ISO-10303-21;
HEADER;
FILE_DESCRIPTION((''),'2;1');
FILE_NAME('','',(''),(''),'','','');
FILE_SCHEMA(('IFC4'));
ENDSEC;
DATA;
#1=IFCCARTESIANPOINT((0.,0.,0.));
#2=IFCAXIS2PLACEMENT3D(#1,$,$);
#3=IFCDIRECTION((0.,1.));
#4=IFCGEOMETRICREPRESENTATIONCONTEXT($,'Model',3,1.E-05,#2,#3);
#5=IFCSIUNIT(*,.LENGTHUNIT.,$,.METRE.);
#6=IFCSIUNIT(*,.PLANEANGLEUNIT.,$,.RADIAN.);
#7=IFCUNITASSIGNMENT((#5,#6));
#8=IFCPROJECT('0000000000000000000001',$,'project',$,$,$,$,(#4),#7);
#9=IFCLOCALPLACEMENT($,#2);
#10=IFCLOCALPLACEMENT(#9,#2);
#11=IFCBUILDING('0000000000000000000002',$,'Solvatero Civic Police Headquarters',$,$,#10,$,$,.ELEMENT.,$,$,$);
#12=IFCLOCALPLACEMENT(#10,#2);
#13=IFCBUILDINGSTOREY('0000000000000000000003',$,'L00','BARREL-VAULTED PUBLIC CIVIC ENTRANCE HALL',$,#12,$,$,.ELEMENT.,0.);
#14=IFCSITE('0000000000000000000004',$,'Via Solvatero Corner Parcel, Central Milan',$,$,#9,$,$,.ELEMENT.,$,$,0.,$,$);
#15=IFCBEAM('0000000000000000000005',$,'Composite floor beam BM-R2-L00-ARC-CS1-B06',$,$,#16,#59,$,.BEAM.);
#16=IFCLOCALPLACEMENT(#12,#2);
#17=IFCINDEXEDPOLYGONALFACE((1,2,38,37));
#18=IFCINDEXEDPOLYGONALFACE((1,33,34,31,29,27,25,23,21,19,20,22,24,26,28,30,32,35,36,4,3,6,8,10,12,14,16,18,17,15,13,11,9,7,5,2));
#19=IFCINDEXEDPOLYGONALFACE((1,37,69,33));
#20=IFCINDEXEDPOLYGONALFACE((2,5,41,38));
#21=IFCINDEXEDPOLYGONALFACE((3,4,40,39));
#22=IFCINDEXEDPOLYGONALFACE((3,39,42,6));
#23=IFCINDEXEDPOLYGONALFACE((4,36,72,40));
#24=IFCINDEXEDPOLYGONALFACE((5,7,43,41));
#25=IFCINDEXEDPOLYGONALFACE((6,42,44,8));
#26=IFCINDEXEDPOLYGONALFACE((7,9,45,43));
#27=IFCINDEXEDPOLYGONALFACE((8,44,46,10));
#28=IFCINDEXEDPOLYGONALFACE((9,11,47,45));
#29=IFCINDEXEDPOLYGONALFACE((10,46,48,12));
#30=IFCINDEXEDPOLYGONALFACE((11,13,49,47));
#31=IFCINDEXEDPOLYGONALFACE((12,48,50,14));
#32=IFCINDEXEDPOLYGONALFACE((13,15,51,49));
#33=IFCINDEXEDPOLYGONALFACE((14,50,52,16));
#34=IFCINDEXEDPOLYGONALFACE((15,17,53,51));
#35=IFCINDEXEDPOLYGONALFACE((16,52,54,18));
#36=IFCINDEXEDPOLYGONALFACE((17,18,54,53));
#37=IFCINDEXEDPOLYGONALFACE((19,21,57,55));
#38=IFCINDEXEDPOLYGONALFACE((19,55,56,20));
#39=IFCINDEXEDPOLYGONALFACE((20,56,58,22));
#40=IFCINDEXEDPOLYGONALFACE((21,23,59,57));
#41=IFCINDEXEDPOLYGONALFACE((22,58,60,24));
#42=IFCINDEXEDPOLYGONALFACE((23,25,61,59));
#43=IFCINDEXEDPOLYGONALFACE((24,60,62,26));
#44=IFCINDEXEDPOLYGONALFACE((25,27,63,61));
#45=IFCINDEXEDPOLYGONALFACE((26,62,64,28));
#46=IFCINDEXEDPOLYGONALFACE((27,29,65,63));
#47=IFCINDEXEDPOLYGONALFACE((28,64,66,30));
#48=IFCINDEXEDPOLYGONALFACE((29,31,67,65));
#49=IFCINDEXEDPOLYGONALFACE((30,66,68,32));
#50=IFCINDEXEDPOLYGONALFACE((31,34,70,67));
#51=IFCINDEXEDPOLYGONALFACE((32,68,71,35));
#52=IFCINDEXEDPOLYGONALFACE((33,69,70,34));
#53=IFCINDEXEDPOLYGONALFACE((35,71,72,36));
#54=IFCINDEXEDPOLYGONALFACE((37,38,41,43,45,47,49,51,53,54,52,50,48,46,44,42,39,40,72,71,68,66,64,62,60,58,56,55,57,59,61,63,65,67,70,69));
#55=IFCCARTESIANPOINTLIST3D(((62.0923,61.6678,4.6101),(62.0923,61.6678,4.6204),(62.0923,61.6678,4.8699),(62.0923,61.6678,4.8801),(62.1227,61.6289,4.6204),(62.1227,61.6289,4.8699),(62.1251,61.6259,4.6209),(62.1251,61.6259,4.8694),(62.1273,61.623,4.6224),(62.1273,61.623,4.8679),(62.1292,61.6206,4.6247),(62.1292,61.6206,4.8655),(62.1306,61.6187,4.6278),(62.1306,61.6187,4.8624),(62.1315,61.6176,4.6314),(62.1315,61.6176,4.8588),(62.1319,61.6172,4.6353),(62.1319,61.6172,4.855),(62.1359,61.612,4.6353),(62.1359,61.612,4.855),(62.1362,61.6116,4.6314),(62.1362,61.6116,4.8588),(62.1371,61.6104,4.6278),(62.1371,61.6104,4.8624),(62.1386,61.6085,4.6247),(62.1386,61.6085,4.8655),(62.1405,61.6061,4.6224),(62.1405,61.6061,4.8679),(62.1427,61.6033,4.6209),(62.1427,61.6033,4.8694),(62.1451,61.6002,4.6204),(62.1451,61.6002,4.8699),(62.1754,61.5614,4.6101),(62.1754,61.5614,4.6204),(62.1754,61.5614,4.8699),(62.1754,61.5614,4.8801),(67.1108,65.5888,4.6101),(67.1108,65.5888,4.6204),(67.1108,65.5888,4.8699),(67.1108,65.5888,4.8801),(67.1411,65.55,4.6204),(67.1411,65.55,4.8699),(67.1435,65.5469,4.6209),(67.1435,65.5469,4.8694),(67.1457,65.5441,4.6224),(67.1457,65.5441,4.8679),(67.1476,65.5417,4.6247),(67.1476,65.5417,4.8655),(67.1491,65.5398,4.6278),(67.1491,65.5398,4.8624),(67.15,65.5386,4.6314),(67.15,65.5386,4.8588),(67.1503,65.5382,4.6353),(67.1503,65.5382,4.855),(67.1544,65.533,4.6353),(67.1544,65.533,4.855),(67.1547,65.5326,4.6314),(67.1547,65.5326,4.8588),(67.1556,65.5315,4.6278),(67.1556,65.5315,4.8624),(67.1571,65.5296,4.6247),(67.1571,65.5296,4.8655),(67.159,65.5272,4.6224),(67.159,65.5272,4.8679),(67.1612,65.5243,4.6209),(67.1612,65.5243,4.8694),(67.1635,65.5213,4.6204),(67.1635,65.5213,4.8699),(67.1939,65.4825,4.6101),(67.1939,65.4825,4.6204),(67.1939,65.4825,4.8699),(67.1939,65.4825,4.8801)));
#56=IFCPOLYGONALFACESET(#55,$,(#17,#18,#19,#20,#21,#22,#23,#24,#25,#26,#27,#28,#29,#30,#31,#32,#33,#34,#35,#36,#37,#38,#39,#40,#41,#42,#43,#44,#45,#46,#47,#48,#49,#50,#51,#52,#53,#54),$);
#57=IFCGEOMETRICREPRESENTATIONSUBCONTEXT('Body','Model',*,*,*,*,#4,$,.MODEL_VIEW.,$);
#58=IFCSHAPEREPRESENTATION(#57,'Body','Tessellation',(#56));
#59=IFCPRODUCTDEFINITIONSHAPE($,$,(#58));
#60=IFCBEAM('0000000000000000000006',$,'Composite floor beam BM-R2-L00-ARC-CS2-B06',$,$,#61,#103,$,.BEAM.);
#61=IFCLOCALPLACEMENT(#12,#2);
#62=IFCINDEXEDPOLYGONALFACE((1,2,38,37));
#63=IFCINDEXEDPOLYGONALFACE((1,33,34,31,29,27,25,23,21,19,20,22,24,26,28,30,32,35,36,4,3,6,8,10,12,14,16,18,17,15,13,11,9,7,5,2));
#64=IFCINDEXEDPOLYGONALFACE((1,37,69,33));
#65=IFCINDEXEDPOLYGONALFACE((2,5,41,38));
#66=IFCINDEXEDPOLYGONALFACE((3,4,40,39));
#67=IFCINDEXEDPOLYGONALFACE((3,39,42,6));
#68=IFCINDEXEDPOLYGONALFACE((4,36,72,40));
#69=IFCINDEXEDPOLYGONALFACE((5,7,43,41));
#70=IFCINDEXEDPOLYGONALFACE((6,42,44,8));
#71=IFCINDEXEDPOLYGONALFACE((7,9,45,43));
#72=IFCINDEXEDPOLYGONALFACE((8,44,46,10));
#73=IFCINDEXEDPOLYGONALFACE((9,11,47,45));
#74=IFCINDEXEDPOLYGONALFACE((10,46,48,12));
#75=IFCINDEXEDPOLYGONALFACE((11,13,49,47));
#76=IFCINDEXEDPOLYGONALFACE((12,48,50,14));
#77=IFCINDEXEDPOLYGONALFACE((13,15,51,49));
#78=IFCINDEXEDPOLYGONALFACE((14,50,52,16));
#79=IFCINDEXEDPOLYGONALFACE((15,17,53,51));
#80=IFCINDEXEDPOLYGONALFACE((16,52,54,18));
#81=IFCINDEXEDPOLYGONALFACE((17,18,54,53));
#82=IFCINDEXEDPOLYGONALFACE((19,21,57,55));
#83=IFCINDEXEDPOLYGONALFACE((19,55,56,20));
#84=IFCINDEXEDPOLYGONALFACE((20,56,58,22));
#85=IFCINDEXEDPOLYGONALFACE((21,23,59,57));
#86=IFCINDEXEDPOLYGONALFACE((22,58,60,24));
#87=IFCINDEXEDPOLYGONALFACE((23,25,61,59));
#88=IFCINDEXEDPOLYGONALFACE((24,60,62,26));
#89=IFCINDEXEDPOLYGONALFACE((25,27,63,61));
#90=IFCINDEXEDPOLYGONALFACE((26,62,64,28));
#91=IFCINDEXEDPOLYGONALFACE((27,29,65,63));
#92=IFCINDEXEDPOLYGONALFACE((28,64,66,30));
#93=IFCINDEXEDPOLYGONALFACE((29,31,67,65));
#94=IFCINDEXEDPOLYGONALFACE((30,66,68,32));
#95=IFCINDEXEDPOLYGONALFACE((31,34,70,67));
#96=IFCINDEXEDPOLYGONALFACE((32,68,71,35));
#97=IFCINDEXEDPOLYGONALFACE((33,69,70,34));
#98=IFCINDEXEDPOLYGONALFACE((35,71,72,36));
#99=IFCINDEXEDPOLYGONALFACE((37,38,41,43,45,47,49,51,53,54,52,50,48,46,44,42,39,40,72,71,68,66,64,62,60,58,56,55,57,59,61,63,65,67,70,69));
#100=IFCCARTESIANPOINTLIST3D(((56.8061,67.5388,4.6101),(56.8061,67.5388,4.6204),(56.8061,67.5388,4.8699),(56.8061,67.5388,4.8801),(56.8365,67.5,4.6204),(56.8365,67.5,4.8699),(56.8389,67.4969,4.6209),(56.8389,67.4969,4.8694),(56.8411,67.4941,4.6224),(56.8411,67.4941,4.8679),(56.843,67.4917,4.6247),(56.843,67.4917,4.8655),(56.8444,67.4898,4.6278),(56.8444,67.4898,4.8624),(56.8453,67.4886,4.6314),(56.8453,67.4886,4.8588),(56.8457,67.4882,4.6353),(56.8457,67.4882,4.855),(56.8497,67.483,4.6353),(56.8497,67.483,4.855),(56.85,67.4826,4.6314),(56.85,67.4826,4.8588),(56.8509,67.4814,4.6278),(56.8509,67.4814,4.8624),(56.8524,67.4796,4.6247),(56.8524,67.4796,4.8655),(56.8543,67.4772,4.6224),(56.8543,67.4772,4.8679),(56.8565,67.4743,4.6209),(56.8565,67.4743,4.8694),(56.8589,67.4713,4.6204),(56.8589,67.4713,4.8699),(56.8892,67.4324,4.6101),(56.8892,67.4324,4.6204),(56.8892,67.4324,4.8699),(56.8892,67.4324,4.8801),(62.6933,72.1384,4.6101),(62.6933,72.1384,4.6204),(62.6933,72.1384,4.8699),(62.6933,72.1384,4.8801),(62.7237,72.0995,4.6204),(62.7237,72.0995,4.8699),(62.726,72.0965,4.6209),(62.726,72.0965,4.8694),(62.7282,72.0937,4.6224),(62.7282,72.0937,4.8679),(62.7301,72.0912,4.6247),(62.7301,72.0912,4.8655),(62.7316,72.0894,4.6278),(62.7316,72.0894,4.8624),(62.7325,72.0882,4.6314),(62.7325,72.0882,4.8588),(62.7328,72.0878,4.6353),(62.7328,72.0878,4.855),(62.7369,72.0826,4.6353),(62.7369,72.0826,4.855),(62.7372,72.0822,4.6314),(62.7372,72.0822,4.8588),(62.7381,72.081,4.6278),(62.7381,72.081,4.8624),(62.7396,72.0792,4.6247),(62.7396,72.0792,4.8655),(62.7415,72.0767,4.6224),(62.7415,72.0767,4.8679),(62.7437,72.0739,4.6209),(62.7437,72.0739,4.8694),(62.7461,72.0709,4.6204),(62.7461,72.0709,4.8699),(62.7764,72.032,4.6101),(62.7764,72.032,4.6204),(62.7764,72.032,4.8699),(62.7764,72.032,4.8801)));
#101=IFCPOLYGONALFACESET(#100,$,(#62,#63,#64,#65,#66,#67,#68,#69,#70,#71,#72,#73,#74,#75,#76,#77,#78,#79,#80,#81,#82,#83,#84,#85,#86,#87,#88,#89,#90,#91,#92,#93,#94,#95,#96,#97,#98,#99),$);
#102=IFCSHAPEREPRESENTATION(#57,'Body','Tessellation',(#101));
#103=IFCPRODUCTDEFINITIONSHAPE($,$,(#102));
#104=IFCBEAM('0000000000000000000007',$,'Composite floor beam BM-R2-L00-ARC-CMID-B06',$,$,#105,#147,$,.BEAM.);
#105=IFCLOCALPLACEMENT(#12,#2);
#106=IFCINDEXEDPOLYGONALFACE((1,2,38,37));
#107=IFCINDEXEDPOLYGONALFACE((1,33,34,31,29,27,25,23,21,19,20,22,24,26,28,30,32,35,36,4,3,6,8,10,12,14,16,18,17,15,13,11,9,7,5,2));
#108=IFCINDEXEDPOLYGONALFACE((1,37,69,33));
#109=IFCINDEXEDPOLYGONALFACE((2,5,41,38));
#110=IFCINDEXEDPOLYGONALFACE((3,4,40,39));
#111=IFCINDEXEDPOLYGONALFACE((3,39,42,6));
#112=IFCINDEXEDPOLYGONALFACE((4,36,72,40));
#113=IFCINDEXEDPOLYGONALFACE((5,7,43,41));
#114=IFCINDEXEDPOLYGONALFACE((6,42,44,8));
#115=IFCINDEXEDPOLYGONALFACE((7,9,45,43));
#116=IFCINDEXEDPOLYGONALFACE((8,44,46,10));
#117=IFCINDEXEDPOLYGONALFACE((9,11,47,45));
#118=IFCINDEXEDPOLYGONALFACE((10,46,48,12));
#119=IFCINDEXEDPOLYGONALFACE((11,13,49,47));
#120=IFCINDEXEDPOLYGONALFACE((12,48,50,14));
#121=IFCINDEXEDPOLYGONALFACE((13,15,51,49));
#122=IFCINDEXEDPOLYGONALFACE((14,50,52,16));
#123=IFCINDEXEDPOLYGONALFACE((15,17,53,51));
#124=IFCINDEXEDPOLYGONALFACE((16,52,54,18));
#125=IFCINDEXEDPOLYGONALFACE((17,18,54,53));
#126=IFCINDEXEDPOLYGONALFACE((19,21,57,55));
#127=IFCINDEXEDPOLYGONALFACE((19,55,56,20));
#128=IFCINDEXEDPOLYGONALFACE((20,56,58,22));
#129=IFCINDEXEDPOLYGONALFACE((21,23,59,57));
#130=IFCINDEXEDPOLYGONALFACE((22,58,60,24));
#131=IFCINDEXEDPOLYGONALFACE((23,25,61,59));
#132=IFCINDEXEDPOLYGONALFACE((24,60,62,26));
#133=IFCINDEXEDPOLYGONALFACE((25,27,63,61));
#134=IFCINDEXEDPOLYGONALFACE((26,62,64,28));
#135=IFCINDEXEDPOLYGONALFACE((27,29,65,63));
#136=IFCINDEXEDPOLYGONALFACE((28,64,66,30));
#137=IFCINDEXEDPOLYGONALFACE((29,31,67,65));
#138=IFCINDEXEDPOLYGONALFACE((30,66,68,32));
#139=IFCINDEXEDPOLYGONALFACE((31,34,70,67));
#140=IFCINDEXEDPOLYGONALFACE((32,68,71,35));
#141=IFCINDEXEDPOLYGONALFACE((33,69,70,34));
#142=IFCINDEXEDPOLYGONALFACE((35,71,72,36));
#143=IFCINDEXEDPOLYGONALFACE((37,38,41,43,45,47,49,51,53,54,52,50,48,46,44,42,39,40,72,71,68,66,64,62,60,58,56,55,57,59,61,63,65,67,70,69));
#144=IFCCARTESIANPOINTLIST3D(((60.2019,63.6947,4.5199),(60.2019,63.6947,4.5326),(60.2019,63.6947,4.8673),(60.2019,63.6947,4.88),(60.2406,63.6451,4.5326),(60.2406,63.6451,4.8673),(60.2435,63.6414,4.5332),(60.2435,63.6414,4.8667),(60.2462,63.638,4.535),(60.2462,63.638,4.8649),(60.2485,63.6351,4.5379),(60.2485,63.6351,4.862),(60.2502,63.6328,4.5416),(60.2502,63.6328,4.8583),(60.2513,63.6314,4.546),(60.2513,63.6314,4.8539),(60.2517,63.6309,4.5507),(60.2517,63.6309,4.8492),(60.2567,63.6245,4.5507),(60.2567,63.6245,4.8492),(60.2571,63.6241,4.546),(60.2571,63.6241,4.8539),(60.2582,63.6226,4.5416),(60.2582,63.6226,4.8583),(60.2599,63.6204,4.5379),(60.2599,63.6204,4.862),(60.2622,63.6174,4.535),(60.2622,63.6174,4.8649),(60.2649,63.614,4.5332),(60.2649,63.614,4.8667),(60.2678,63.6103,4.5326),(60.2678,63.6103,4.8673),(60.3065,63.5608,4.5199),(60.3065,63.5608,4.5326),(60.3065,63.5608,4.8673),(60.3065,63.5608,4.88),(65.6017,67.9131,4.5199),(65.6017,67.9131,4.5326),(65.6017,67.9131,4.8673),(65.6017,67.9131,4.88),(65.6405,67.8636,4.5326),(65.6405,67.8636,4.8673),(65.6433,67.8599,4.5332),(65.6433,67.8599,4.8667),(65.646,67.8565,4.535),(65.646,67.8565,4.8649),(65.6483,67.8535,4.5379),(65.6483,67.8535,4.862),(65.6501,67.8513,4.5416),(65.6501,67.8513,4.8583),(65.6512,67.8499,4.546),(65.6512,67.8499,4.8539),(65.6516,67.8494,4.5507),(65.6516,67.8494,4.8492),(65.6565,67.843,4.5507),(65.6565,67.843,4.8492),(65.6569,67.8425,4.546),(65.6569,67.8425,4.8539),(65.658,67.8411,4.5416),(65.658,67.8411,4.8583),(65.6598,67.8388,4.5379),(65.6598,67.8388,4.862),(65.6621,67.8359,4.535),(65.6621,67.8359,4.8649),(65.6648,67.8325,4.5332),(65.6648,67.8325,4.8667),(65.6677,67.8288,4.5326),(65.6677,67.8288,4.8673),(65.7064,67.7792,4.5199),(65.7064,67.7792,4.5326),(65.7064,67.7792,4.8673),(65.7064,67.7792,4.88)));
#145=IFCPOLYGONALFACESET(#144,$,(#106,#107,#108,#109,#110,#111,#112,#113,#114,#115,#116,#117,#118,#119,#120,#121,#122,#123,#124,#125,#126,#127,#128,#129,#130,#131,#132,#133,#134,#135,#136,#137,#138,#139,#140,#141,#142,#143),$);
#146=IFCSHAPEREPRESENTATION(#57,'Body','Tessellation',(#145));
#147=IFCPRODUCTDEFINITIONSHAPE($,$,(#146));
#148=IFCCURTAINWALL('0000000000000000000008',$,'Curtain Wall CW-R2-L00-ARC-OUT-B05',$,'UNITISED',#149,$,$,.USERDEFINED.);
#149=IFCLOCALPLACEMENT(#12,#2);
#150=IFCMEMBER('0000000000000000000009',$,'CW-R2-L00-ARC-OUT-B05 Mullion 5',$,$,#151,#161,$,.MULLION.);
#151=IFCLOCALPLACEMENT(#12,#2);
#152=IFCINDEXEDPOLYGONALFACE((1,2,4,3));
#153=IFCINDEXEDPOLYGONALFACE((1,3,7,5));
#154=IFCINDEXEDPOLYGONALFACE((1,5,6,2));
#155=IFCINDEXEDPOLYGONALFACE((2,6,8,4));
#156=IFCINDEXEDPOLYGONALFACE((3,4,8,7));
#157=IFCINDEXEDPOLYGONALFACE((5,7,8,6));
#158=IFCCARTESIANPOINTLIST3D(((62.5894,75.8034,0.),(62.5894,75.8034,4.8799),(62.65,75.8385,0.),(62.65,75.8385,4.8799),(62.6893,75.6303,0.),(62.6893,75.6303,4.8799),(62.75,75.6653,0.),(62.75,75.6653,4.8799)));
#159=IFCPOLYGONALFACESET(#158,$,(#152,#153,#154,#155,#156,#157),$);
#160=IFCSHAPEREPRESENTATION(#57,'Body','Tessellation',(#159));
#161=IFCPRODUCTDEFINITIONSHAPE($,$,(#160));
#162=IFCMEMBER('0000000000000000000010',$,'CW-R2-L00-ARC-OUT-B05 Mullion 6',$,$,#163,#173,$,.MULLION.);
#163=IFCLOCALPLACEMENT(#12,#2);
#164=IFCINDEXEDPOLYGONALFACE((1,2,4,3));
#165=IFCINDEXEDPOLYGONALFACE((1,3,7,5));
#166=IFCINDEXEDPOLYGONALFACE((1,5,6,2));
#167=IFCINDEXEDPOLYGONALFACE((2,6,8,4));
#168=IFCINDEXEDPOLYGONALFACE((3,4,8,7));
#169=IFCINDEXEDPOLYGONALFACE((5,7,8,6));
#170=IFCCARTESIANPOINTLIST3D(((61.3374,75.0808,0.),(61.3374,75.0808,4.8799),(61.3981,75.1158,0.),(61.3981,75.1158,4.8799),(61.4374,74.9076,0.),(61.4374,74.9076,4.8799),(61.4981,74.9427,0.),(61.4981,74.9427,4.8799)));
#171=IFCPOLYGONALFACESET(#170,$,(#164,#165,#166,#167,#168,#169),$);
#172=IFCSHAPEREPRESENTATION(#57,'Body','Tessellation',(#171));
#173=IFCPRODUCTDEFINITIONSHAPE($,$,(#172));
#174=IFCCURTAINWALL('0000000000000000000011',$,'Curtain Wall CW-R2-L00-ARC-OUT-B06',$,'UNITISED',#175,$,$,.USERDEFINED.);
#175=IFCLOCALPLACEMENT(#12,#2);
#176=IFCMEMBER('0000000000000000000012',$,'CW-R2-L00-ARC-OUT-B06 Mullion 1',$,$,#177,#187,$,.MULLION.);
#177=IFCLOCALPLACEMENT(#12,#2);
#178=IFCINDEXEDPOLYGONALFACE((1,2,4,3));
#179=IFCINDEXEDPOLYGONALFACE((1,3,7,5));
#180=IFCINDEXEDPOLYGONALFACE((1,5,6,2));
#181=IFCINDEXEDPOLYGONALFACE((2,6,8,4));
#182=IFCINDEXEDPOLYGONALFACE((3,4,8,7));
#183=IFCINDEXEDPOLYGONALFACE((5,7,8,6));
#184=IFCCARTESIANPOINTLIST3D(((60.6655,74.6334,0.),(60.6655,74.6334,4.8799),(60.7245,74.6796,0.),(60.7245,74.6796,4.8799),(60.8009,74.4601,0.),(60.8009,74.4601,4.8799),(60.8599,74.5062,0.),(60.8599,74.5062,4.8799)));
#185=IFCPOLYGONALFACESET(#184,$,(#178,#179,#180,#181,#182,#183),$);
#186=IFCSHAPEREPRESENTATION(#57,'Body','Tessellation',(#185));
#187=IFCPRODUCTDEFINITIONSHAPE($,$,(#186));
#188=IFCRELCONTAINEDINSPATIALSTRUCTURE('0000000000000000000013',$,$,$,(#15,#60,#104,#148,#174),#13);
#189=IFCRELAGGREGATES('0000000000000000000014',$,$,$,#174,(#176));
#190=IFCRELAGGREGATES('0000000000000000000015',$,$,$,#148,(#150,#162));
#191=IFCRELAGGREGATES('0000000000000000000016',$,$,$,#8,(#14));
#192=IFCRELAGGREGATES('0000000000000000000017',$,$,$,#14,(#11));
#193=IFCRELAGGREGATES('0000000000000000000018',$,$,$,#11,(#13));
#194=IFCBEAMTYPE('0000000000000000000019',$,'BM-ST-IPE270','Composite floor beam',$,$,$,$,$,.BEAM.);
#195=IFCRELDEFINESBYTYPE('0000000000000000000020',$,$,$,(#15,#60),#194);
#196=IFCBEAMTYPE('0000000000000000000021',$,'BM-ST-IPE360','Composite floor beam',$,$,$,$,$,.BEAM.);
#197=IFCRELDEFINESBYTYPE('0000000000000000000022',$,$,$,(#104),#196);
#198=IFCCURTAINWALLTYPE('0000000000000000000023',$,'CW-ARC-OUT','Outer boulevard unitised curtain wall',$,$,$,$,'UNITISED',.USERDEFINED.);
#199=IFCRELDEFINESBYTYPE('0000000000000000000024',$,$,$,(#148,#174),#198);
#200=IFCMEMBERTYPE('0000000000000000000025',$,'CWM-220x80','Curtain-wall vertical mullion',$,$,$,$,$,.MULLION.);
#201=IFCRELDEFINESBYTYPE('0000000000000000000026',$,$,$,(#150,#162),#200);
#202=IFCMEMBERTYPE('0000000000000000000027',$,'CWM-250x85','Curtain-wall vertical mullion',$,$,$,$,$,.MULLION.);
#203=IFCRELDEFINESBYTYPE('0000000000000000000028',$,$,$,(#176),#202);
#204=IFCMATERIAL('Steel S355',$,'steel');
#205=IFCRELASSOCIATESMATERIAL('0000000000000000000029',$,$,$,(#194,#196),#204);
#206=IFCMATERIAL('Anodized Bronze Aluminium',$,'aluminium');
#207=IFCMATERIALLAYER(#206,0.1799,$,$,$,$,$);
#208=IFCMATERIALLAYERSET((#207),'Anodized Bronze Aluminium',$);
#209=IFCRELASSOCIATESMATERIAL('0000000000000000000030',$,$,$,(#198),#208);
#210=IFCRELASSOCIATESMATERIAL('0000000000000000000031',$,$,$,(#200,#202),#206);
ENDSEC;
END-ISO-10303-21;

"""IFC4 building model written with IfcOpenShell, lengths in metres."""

from ifc_helpers import new_model, si_unit, direction, frame, origin, origin_2d, place, context, subcontext, project, spatial, rectangle, i_section, extrude, material, layer, layer_set, material_profile, profile_set, type_object, element, aggregate, save


model = new_model("IFC4")

# Units and contexts
model_context = context("Model", 3, precision=1e-05, world=origin(), true_north=direction((0.0, 1.0)))
body_context = subcontext(model_context, "Body", "Model", "MODEL_VIEW")
ifc_project = project(units=[si_unit("LENGTHUNIT", "METRE"), si_unit("PLANEANGLEUNIT", "RADIAN")], contexts=[model_context])

# Site, building, storey
site_placement = place(None, origin())
site = spatial("IfcSite", under=ifc_project, at=site_placement, Name="Via Solvatero Corner Parcel, Central Milan", CompositionType="ELEMENT", RefElevation=0.0)
building_placement = place(site_placement, origin())
building = spatial("IfcBuilding", under=site, at=building_placement, Name="Solvatero Civic Police Headquarters", CompositionType="ELEMENT")
storey_placement = place(building_placement, origin())
storey = spatial("IfcBuildingStorey", under=building, at=storey_placement, Name="L00", Description="BARREL-VAULTED PUBLIC CIVIC ENTRANCE HALL", CompositionType="ELEMENT", Elevation=0.0)

# Beams
ifc_material_1 = material(Name="Steel S355", Category="steel")
ifc_material_profile_1 = material_profile(ifc_material_1, i_section(OverallWidth=0.135, OverallDepth=0.27, WebThickness=0.0066, FlangeThickness=0.0103, FilletRadius=0.0149, at=origin_2d()), Name="IPE 270")
ifc_profile_set_1 = profile_set([ifc_material_profile_1], Name="Steel S355")
beam_type_1 = type_object("IfcBeamType", Name="BM-ST-IPE270", Description="Composite floor beam", PredefinedType="BEAM", material=ifc_profile_set_1)
beam_1_placement = place(storey_placement, frame((67.1523, 65.5356, 4.7451), z_axis=(-0.787994, -0.615683, 0.0), x_axis=(0.615683, -0.787994, 0.0)))
element("IfcBeam", 1, at=beam_1_placement, inside=storey, type_object=beam_type_1, Name="Composite floor beam BM-R2-L00-ARC-CS1-B06", PredefinedType="BEAM", context=body_context, shape_type="SweptSolid", body=[
    extrude(i_section(OverallWidth=0.135, OverallDepth=0.27, WebThickness=0.0066, FlangeThickness=0.0103, FilletRadius=0.0149, at=origin_2d()), origin(), (0.0, 0.0, 1.0), 6.3687),
])
beam_2_placement = place(storey_placement, frame((62.7349, 72.0852, 4.7451), z_axis=(-0.78801, -0.615663, 0.0), x_axis=(0.615663, -0.78801, 0.0)))
element("IfcBeam", 2, at=beam_2_placement, inside=storey, type_object=beam_type_1, Name="Composite floor beam BM-R2-L00-ARC-CS2-B06", PredefinedType="BEAM", context=body_context, shape_type="SweptSolid", body=[
    extrude(i_section(OverallWidth=0.135, OverallDepth=0.27, WebThickness=0.0066, FlangeThickness=0.0103, FilletRadius=0.0149, at=origin_2d()), origin(), (0.0, 0.0, 1.0), 7.4709),
])
ifc_material_profile_2 = material_profile(ifc_material_1, i_section(OverallWidth=0.1699, OverallDepth=0.3601, WebThickness=0.0081, FlangeThickness=0.0127, FilletRadius=0.0181, at=origin_2d()), Name="IPE 360")
ifc_profile_set_2 = profile_set([ifc_material_profile_2], Name="Steel S355")
beam_type_2 = type_object("IfcBeamType", Name="BM-ST-IPE360", Description="Composite floor beam", PredefinedType="BEAM", material=ifc_profile_set_2)
beam_3_placement = place(storey_placement, frame((65.6541, 67.8462, 4.7), z_axis=(-0.788036, -0.615629, 0.0), x_axis=(0.615629, -0.788036, 0.0)))
element("IfcBeam", 3, at=beam_3_placement, inside=storey, type_object=beam_type_2, Name="Composite floor beam BM-R2-L00-ARC-CMID-B06", PredefinedType="BEAM", context=body_context, shape_type="SweptSolid", body=[
    extrude(i_section(OverallWidth=0.1699, OverallDepth=0.3601, WebThickness=0.0081, FlangeThickness=0.0127, FilletRadius=0.0181, at=origin_2d()), origin(), (0.0, 0.0, 1.0), 6.8523),
])

# Curtain walls, members
ifc_material_2 = material(Name="Anodized Bronze Aluminium", Category="aluminium")
ifc_layer_1 = layer(ifc_material_2, 0.1799)
ifc_layer_set_1 = layer_set([ifc_layer_1], Name="Anodized Bronze Aluminium")
curtain_wall_type_1 = type_object("IfcCurtainWallType", Name="CW-ARC-OUT", Description="Outer boulevard unitised curtain wall", ElementType="UNITISED", PredefinedType="USERDEFINED", material=ifc_layer_set_1)
curtain_wall_1_placement = place(storey_placement, origin())
curtain_wall_1 = element("IfcCurtainWall", 4, at=curtain_wall_1_placement, inside=storey, type_object=curtain_wall_type_1, Name="Curtain Wall CW-R2-L00-ARC-OUT-B05", ObjectType="UNITISED", PredefinedType="USERDEFINED")
ifc_material_profile_3 = material_profile(ifc_material_2, rectangle(XDim=0.0701, YDim=0.2, at=origin_2d()), Name="ALU MULLION 70x200")
ifc_profile_set_3 = profile_set([ifc_material_profile_3], Name="Anodized Bronze Aluminium")
member_type_1 = type_object("IfcMemberType", Name="CWM-220x80", Description="Curtain-wall vertical mullion", PredefinedType="MULLION", material=ifc_profile_set_3)
member_1_placement = place(storey_placement, frame((62.6697, 75.7344, 0.0), z_axis=(0.0, 0.0, 1.0), x_axis=(-0.866034, -0.499985, 0.0)))
member_1 = element("IfcMember", 5, at=member_1_placement, type_object=member_type_1, Name="CW-R2-L00-ARC-OUT-B05 Mullion 5", PredefinedType="MULLION", context=body_context, shape_type="SweptSolid", body=[
    extrude(rectangle(XDim=0.0701, YDim=0.2, at=origin_2d()), origin(), (0.0, 0.0, 1.0), 4.8799),
])
member_2_placement = place(storey_placement, frame((61.4177, 75.0117, 0.0), z_axis=(0.0, 0.0, 1.0), x_axis=(-0.866034, -0.499985, 0.0)))
member_2 = element("IfcMember", 6, at=member_2_placement, type_object=member_type_1, Name="CW-R2-L00-ARC-OUT-B05 Mullion 6", PredefinedType="MULLION", context=body_context, shape_type="SweptSolid", body=[
    extrude(rectangle(XDim=0.0701, YDim=0.2, at=origin_2d()), origin(), (0.0, 0.0, 1.0), 4.8799),
])
curtain_wall_2_placement = place(storey_placement, origin())
curtain_wall_2 = element("IfcCurtainWall", 7, at=curtain_wall_2_placement, inside=storey, type_object=curtain_wall_type_1, Name="Curtain Wall CW-R2-L00-ARC-OUT-B06", ObjectType="UNITISED", PredefinedType="USERDEFINED")
ifc_material_profile_4 = material_profile(ifc_material_2, rectangle(XDim=0.075, YDim=0.22, at=origin_2d()), Name="ALU MULLION 75x220")
ifc_profile_set_4 = profile_set([ifc_material_profile_4], Name="Anodized Bronze Aluminium")
member_type_2 = type_object("IfcMemberType", Name="CWM-250x85", Description="Curtain-wall vertical mullion", PredefinedType="MULLION", material=ifc_profile_set_4)
member_3_placement = place(storey_placement, frame((60.7627, 74.5698, 0.0), z_axis=(0.0, 0.0, 1.0), x_axis=(-0.788011, -0.615661, 0.0)))
member_3 = element("IfcMember", 8, at=member_3_placement, type_object=member_type_2, Name="CW-R2-L00-ARC-OUT-B06 Mullion 1", PredefinedType="MULLION", context=body_context, shape_type="SweptSolid", body=[
    extrude(rectangle(XDim=0.075, YDim=0.22, at=origin_2d()), origin(), (0.0, 0.0, 1.0), 4.8799),
])

aggregate(curtain_wall_2, [member_3])
aggregate(curtain_wall_1, [member_1, member_2])

save(model, "model.ifc")
